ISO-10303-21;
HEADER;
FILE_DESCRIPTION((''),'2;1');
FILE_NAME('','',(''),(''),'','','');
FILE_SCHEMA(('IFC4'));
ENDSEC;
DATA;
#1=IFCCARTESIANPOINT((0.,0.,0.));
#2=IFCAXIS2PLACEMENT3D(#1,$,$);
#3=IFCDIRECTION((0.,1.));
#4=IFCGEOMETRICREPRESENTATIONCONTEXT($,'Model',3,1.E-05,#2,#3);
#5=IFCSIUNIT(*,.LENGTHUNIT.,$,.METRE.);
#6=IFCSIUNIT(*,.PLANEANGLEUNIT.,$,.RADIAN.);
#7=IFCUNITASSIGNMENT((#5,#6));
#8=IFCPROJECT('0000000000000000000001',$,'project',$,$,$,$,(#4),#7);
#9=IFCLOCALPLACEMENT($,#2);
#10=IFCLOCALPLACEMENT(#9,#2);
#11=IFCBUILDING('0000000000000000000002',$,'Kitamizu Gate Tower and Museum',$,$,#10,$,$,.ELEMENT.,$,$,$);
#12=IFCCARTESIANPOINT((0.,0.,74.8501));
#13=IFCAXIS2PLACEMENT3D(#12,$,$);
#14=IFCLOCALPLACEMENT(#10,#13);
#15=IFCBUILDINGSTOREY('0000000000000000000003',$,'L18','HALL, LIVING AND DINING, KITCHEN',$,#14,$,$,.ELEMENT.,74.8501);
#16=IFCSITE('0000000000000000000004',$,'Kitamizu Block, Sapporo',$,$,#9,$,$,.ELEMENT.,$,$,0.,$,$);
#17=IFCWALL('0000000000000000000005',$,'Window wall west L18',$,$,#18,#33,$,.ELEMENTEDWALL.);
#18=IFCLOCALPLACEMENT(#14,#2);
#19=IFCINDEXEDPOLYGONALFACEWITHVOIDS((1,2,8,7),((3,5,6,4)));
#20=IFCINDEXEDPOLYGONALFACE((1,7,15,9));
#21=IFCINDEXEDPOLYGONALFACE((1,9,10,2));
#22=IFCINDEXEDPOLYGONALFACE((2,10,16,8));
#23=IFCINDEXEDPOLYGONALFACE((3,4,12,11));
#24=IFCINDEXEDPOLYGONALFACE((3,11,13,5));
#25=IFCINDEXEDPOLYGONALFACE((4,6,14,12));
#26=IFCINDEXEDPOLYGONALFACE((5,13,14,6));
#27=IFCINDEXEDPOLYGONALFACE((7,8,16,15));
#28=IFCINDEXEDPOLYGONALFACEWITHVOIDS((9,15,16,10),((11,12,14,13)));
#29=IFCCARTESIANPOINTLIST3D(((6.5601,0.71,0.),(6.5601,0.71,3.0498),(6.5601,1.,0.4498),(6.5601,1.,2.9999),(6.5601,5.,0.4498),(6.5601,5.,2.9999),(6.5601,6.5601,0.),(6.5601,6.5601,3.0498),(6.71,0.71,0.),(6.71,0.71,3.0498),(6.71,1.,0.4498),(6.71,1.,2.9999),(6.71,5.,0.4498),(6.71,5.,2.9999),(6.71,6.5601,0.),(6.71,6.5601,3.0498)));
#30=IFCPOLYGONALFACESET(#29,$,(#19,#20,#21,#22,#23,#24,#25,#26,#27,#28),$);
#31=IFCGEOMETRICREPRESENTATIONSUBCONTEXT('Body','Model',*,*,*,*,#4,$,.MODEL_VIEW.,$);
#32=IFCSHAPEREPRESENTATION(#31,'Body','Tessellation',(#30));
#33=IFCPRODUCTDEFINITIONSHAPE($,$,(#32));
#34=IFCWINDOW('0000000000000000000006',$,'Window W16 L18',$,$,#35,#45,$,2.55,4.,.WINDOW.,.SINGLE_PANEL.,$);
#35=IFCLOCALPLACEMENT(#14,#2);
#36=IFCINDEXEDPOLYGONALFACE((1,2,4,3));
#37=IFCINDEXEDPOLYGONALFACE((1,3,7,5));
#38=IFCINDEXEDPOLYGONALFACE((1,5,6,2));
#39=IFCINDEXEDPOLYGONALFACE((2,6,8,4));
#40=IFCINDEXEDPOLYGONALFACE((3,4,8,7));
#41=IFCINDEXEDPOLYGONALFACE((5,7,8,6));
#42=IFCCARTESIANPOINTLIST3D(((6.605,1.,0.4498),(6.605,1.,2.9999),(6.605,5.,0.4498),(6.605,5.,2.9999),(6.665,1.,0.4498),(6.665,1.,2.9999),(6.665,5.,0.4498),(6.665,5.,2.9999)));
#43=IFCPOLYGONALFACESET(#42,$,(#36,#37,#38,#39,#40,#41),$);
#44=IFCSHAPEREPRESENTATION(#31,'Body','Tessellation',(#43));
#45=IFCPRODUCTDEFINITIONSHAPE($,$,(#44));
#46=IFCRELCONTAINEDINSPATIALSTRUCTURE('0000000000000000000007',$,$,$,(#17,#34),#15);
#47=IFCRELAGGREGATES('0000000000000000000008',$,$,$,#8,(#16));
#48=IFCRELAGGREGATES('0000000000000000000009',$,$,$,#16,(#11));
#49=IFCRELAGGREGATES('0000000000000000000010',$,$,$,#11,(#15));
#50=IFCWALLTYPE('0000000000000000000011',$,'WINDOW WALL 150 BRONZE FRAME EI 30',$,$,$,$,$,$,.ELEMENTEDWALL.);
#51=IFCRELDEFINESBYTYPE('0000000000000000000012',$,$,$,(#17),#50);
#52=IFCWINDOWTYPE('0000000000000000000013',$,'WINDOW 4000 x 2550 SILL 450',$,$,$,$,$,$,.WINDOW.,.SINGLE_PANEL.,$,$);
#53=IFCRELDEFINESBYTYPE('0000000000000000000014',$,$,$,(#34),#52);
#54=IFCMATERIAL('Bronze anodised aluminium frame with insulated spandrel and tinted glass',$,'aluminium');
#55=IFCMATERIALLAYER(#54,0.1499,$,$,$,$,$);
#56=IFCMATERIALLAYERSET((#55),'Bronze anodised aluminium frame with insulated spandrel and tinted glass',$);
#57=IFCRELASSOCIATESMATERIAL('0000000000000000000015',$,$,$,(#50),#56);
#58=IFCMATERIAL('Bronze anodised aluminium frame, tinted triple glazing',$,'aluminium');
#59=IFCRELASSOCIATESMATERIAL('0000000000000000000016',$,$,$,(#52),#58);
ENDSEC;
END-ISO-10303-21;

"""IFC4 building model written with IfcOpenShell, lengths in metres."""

from ifc_helpers import new_model, si_unit, direction, frame, frame_2d, origin, place, context, subcontext, project, spatial, rectangle, extrude, material, layer, layer_set, type_object, element, fill, save


model = new_model("IFC4")

# Units and contexts
model_context = context("Model", 3, precision=1e-05, world=origin(), true_north=direction((0.0, 1.0)))
body_context = subcontext(model_context, "Body", "Model", "MODEL_VIEW")
ifc_project = project(units=[si_unit("LENGTHUNIT", "METRE"), si_unit("PLANEANGLEUNIT", "RADIAN")], contexts=[model_context])

# Site, building, storey
site_placement = place(None, origin())
site = spatial("IfcSite", under=ifc_project, at=site_placement, Name="Kitamizu Block, Sapporo", CompositionType="ELEMENT", RefElevation=0.0)
building_placement = place(site_placement, origin())
building = spatial("IfcBuilding", under=site, at=building_placement, Name="Kitamizu Gate Tower and Museum", CompositionType="ELEMENT")
storey_placement = place(building_placement, frame((0.0, 0.0, 74.8501)))
storey = spatial("IfcBuildingStorey", under=building, at=storey_placement, Name="L18", Description="HALL, LIVING AND DINING, KITCHEN", CompositionType="ELEMENT", Elevation=74.8501)

# Shared definitions
ifc_material_1 = material(Name="Bronze anodised aluminium frame with insulated spandrel and tinted glass", Category="aluminium")
ifc_layer = layer(ifc_material_1, 0.1499)
ifc_layer_set = layer_set([ifc_layer], Name="Bronze anodised aluminium frame with insulated spandrel and tinted glass")
wall_type = type_object("IfcWallType", Name="WINDOW WALL 150 BRONZE FRAME EI 30", PredefinedType="ELEMENTEDWALL", material=ifc_layer_set)

# Wall, opening, window
wall_1_placement = place(storey_placement, frame((6.635, 0.71, 0.0), z_axis=(0.0, 0.0, 1.0), x_axis=(0.0, 1.0, 0.0)))
wall_1 = element("IfcWall", 1, at=wall_1_placement, inside=storey, type_object=wall_type, Name="Window wall west L18", PredefinedType="ELEMENTEDWALL", context=body_context, shape_type="SweptSolid", body=[
    extrude(rectangle(XDim=5.8501, YDim=0.1499, at=frame_2d((2.925, 0.0))), origin(), (0.0, 0.0, 1.0), 3.0498),
])
opening_1_placement = place(wall_1_placement, frame((0.29, 0.0, 0.45)))
opening_1 = element("IfcOpeningElement", 2, at=opening_1_placement, cuts=wall_1, PredefinedType="OPENING", context=body_context, shape_type="SweptSolid", body=[
    extrude(rectangle(XDim=4.0, YDim=2.55, at=frame_2d((2.0, 1.2749))), frame((0.0, 0.085, 0.0), z_axis=(0.0, -1.0, 0.0), x_axis=(1.0, 0.0, 0.0)), (0.0, 0.0, 1.0), 0.1699),
])
ifc_material_2 = material(Name="Bronze anodised aluminium frame, tinted triple glazing", Category="aluminium")
window_type_1 = type_object("IfcWindowType", Name="WINDOW 4000 x 2550 SILL 450", PartitioningType="SINGLE_PANEL", PredefinedType="WINDOW", material=ifc_material_2)
window_1_placement = place(opening_1_placement, origin())
window_1 = element("IfcWindow", 3, at=window_1_placement, inside=storey, type_object=window_type_1, Name="Window W16 L18", OverallHeight=2.55, OverallWidth=4.0, PartitioningType="SINGLE_PANEL", PredefinedType="WINDOW", context=body_context, shape_type="SweptSolid", body=[
    extrude(rectangle(XDim=4.0, YDim=2.55, at=frame_2d((2.0, 1.2749))), frame((0.0, 0.03, 0.0), z_axis=(0.0, -1.0, 0.0), x_axis=(1.0, 0.0, 0.0)), (0.0, 0.0, 1.0), 0.0601),
])
fill(opening_1, window_1)

save(model, "model.ifc")
